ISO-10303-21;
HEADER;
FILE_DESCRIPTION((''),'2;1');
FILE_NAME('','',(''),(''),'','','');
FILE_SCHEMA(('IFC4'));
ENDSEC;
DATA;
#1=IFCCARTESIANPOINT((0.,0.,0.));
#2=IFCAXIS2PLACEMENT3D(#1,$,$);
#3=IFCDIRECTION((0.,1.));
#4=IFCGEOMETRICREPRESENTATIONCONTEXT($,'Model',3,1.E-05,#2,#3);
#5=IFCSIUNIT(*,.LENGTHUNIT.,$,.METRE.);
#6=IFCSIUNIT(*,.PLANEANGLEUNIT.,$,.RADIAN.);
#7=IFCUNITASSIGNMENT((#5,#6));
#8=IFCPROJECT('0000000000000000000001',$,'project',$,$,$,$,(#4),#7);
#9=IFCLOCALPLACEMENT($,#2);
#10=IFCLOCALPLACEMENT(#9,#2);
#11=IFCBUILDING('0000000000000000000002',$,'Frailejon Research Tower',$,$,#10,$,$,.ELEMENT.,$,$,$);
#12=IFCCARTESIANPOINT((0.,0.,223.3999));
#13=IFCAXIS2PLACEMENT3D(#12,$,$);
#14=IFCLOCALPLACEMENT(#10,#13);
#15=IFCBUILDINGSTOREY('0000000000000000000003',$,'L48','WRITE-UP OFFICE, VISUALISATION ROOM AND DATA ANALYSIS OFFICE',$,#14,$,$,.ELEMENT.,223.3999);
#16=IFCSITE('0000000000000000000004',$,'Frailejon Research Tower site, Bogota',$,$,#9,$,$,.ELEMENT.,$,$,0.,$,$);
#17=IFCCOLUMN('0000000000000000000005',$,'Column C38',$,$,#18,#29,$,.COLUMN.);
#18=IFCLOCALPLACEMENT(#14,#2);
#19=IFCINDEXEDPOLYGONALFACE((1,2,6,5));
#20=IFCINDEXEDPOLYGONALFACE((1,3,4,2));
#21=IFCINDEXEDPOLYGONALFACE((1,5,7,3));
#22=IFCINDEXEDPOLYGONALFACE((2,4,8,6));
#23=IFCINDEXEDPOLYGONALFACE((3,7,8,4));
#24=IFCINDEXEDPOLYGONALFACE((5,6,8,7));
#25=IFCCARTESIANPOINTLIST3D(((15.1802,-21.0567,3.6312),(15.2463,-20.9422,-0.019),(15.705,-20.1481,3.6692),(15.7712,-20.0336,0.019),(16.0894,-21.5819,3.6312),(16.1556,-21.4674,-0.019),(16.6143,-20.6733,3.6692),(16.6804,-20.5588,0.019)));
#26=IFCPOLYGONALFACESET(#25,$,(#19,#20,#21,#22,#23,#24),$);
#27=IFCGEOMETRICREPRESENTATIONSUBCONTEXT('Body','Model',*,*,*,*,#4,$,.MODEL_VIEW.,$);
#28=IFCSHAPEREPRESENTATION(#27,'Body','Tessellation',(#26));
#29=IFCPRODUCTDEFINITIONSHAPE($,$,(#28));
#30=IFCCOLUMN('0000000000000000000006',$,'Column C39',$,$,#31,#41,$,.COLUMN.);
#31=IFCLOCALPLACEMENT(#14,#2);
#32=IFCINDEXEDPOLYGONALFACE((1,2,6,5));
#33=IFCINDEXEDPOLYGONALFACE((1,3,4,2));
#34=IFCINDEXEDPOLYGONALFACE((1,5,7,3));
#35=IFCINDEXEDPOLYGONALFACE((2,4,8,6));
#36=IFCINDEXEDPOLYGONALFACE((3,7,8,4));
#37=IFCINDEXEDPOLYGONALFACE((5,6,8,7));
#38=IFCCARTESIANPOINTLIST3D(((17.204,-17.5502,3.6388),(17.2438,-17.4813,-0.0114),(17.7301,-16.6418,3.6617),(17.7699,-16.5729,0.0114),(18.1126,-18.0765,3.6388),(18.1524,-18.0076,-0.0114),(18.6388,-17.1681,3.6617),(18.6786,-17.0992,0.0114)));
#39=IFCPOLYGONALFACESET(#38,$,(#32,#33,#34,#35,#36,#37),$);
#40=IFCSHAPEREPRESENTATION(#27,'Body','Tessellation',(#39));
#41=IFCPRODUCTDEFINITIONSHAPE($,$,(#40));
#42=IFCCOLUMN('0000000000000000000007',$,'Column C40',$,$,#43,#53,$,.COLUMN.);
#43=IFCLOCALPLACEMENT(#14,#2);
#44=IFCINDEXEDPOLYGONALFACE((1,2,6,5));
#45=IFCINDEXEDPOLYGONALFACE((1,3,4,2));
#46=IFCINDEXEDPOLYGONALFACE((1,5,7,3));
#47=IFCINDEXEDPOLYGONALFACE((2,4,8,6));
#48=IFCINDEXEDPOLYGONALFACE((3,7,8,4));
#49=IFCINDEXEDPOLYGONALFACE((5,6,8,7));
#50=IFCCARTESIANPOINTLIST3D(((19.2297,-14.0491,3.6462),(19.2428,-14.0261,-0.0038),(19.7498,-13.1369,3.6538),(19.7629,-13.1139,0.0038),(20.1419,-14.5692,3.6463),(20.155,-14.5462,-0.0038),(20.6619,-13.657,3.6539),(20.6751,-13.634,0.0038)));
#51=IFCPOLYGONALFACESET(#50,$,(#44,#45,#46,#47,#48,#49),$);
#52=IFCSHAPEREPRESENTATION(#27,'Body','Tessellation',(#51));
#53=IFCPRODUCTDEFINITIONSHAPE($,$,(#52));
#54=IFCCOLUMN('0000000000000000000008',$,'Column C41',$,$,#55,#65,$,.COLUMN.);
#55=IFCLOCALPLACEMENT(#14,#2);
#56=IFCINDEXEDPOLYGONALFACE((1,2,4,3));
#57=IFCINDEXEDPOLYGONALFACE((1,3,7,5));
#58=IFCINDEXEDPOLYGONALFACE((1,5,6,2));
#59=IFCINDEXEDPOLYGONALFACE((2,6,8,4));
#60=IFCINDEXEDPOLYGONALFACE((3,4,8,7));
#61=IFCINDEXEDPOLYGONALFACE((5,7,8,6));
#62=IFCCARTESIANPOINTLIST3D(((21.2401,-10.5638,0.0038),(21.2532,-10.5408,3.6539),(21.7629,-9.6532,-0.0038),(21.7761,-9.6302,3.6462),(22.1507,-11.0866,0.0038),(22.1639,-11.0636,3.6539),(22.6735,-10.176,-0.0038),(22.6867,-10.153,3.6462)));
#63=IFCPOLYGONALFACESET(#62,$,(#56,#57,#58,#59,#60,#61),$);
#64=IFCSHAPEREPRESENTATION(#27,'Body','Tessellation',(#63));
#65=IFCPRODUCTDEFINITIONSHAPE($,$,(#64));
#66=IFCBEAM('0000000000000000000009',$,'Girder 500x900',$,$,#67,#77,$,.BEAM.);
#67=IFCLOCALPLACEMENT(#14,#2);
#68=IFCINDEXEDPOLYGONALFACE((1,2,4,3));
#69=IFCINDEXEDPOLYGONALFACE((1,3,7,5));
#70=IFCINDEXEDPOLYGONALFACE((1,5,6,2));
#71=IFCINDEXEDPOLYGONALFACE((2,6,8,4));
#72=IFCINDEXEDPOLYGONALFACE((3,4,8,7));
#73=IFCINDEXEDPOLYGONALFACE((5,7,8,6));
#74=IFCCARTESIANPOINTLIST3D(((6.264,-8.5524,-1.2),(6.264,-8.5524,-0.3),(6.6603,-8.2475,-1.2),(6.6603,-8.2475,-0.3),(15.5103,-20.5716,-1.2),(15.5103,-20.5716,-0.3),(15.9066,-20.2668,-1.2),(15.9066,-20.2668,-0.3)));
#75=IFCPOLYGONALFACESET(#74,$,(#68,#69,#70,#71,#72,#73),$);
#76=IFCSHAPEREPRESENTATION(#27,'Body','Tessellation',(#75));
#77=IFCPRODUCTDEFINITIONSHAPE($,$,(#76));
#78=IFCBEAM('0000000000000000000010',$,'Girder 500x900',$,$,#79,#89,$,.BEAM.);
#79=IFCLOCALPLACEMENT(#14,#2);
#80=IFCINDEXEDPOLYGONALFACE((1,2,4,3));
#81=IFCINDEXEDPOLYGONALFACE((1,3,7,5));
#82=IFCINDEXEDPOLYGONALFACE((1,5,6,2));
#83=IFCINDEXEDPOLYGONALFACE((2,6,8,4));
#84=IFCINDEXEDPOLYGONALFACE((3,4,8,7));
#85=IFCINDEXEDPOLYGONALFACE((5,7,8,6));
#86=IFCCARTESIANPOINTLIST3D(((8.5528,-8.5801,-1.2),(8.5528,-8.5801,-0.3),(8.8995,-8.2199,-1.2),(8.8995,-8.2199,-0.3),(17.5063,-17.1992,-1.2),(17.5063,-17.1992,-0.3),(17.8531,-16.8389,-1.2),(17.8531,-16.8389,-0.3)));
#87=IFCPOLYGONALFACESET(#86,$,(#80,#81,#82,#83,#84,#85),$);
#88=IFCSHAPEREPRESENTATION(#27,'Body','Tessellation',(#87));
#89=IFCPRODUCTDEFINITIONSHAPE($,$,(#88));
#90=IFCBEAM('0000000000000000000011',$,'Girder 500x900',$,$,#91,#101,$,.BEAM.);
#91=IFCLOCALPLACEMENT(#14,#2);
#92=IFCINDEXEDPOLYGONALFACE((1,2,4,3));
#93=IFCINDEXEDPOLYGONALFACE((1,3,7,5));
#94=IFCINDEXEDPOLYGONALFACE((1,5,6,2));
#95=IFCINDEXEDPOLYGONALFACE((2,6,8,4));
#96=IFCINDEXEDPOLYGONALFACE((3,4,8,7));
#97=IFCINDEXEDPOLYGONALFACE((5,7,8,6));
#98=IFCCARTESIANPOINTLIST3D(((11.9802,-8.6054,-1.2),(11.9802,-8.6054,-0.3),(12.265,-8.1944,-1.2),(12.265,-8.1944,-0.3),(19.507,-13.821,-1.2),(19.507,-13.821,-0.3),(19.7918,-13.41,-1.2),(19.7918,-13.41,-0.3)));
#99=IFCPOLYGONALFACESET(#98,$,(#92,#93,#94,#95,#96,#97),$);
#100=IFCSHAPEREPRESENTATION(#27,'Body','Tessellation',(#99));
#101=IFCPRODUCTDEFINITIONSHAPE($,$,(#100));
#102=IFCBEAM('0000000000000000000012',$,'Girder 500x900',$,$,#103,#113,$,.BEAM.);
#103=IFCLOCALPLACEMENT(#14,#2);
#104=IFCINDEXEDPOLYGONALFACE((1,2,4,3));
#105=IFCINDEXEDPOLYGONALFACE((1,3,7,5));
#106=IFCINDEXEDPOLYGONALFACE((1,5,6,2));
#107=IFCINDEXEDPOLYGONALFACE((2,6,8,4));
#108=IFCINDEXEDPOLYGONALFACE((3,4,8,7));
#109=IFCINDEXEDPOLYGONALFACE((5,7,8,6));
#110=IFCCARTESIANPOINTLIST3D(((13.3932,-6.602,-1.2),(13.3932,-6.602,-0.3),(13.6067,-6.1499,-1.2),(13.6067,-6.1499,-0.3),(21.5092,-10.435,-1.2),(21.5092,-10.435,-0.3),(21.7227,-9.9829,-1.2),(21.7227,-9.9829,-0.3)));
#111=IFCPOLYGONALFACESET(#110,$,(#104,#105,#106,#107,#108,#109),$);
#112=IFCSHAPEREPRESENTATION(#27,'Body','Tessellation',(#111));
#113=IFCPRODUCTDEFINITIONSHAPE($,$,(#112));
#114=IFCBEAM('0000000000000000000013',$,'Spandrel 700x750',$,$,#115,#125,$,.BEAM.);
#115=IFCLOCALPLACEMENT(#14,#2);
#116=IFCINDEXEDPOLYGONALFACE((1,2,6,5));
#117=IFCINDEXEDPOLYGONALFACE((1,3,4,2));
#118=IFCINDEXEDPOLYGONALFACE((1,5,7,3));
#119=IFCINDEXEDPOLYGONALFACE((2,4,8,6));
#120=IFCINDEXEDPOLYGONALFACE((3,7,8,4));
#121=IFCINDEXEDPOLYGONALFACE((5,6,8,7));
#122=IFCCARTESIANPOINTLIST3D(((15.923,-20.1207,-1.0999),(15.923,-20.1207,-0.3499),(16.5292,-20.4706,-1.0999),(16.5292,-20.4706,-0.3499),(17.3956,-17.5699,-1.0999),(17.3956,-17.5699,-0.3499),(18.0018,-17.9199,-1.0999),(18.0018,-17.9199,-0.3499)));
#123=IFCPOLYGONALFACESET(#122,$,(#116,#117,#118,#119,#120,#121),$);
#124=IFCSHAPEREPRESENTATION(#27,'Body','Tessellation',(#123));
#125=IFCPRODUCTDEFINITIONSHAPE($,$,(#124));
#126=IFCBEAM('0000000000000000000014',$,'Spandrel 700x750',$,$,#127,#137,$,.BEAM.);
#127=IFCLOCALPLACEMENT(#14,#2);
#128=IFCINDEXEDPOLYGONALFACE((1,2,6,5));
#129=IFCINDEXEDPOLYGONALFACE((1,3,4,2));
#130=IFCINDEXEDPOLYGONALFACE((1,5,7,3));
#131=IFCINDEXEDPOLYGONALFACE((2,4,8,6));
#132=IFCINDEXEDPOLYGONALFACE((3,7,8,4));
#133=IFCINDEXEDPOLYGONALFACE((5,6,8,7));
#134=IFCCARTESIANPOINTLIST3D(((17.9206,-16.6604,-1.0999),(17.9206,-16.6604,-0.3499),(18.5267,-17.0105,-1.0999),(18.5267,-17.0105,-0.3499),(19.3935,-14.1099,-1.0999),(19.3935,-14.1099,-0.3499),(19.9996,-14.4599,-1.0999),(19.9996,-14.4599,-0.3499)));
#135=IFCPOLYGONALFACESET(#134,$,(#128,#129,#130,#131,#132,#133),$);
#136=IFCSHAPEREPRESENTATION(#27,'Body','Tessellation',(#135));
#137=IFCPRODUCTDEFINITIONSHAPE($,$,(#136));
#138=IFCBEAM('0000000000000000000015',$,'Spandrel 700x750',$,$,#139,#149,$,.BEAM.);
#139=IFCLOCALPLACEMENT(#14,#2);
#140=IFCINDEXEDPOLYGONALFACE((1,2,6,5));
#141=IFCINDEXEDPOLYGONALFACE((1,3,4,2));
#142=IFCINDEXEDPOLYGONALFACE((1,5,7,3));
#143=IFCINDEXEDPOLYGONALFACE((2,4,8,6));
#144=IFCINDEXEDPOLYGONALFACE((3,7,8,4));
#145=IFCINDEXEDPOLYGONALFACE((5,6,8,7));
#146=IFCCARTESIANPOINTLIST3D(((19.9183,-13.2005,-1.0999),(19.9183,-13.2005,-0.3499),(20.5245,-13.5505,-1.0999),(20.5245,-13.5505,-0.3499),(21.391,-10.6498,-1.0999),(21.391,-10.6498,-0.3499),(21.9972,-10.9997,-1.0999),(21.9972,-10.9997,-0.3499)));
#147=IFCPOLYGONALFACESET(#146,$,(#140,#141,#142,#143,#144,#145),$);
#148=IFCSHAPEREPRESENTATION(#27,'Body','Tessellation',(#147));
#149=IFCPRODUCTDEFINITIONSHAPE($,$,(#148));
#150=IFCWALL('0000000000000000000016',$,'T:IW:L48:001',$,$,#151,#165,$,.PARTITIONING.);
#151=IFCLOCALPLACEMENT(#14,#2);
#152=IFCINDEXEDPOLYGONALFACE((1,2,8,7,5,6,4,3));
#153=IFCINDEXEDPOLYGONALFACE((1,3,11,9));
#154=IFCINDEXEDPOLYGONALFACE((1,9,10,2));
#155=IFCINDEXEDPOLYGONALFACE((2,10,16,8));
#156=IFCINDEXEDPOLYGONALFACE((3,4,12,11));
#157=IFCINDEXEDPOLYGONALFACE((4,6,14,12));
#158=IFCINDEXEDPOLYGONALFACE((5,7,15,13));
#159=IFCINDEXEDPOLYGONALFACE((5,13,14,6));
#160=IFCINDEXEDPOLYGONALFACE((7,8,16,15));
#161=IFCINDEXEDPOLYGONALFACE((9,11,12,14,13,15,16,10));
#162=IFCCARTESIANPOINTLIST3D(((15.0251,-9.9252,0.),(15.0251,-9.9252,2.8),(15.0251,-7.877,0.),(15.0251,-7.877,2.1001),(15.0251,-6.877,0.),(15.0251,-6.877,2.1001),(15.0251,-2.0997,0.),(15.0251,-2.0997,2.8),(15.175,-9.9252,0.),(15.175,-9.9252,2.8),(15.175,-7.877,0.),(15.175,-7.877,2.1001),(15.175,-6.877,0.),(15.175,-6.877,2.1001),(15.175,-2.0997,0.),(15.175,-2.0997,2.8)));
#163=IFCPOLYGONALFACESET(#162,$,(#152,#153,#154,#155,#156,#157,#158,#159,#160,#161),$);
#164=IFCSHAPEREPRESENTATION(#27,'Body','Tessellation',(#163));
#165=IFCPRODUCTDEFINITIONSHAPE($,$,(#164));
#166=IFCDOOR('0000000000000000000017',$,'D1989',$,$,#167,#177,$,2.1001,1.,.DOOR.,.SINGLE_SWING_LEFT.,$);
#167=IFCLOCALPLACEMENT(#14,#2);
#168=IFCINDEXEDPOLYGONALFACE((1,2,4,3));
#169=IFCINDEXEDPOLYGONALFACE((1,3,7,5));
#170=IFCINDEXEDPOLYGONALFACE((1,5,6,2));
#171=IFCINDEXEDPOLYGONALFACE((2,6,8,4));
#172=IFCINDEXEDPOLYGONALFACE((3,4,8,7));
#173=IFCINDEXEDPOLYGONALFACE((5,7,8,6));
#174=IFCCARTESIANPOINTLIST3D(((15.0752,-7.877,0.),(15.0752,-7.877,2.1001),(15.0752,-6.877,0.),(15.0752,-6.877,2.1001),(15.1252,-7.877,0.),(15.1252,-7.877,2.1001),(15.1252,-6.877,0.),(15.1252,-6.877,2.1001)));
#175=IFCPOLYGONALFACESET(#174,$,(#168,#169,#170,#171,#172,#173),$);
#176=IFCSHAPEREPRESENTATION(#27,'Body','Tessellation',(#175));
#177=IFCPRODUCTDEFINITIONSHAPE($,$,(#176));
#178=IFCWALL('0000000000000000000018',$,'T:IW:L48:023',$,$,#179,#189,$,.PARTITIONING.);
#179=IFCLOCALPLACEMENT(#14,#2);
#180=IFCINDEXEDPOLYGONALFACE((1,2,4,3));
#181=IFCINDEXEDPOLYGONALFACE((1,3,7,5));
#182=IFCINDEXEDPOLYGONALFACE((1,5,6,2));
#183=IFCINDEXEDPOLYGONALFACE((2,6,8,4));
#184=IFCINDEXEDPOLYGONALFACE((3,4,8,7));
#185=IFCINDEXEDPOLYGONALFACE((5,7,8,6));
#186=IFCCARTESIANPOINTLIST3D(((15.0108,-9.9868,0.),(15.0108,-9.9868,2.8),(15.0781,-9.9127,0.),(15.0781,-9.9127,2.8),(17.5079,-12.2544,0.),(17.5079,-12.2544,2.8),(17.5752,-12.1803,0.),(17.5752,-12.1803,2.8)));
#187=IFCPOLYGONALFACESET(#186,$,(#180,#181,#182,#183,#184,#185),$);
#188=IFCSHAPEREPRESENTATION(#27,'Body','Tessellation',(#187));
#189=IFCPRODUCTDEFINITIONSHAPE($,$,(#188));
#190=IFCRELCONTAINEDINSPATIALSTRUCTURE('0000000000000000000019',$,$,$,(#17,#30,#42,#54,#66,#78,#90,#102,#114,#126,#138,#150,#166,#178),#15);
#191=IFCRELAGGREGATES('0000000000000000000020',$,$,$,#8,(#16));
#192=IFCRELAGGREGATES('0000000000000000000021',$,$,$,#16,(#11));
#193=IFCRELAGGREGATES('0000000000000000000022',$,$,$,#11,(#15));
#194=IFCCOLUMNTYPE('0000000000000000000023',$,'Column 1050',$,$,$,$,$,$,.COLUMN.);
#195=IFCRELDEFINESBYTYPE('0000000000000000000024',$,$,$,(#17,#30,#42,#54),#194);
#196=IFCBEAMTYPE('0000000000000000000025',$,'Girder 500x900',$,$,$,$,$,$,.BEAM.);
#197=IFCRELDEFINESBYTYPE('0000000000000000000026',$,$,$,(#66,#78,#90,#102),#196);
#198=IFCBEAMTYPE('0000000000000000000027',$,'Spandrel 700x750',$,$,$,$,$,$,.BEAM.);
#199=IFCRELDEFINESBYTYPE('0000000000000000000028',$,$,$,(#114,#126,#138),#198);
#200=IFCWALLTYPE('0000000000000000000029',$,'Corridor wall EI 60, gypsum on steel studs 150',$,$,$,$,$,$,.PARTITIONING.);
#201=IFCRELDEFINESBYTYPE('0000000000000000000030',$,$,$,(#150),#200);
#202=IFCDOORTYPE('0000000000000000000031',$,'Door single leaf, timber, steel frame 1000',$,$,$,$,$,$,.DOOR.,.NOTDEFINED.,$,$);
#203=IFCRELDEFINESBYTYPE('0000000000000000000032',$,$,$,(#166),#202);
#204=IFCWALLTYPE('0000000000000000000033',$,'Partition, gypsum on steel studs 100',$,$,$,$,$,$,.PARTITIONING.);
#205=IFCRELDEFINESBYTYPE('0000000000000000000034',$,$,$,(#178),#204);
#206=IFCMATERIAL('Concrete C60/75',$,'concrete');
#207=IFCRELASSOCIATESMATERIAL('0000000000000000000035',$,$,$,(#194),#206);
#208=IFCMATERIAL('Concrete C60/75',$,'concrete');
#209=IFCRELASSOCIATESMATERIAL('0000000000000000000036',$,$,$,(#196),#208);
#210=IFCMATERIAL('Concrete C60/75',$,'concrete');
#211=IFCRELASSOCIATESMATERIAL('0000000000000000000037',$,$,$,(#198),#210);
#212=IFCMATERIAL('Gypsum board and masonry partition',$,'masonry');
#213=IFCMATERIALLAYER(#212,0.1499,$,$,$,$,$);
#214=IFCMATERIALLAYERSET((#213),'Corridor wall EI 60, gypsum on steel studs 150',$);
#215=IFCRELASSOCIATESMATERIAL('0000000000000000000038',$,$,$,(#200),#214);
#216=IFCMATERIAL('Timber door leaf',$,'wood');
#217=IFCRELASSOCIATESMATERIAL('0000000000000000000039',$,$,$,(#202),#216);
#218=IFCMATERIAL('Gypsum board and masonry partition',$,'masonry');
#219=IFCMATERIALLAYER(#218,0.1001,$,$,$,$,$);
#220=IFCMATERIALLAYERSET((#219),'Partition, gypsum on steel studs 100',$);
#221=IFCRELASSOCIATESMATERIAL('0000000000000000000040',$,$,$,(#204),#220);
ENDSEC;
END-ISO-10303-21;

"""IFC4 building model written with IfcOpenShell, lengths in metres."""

from ifc_helpers import new_model, si_unit, direction, frame, frame_2d, origin, origin_2d, place, context, subcontext, project, spatial, rectangle, extrude, material, layer, layer_set, material_profile, profile_set, type_object, element, fill, save


model = new_model("IFC4")

# Units and contexts
model_context = context("Model", 3, precision=1e-05, world=origin(), true_north=direction((0.0, 1.0)))
body_context = subcontext(model_context, "Body", "Model", "MODEL_VIEW")
ifc_project = project(units=[si_unit("LENGTHUNIT", "METRE"), si_unit("PLANEANGLEUNIT", "RADIAN")], contexts=[model_context])

# Site, building, storey
site_placement = place(None, origin())
site = spatial("IfcSite", under=ifc_project, at=site_placement, Name="Frailejon Research Tower site, Bogota", CompositionType="ELEMENT", RefElevation=0.0)
building_placement = place(site_placement, origin())
building = spatial("IfcBuilding", under=site, at=building_placement, Name="Frailejon Research Tower", CompositionType="ELEMENT")
storey_placement = place(building_placement, frame((0.0, 0.0, 223.3999)))
storey = spatial("IfcBuildingStorey", under=building, at=storey_placement, Name="L48", Description="WRITE-UP OFFICE, VISUALISATION ROOM AND DATA ANALYSIS OFFICE", CompositionType="ELEMENT", Elevation=223.3999)

# Columns
ifc_material_1 = material(Name="Concrete C60/75", Category="concrete")
ifc_material_profile_1 = material_profile(ifc_material_1, rectangle(XDim=1.05, YDim=1.05, at=origin_2d()), Name="Column 1050")
ifc_profile_set_1 = profile_set([ifc_material_profile_1], Name="Concrete C60/75")
column_type = type_object("IfcColumnType", Name="Column 1050", PredefinedType="COLUMN", material=ifc_profile_set_1)
column_1_placement = place(storey_placement, frame((15.9634, -20.7505, 0.0), z_axis=(-0.018114, -0.031349, 0.999344), x_axis=(0.49984, 0.865361, 0.036206)))
element("IfcColumn", 1, at=column_1_placement, inside=storey, type_object=column_type, Name="Column C38", PredefinedType="COLUMN", context=body_context, shape_type="SweptSolid", body=[
    extrude(rectangle(XDim=1.05, YDim=1.05, at=origin_2d()), origin(), (0.0, 0.0, 1.0), 3.6526),
])
column_2_placement = place(storey_placement, frame((17.9612, -17.2903, 0.0), z_axis=(-0.0109, -0.018857, 0.999763), x_axis=(0.501086, 0.865123, 0.021781)))
element("IfcColumn", 2, at=column_2_placement, inside=storey, type_object=column_type, Name="Column C39", PredefinedType="COLUMN", context=body_context, shape_type="SweptSolid", body=[
    extrude(rectangle(XDim=1.05, YDim=1.05, at=origin_2d()), origin(), (0.0, 0.0, 1.0), 3.6511),
])
for number, where, z_axis, x_axis, name in (
    (3, (19.959, -13.8301, 0.0), (-0.003612, -0.006287, 0.999974), (0.495303, 0.86869, 0.007251), "Column C40"),
    (4, (21.9568, -10.3699, 0.0), (0.003612, 0.006287, 0.999974), (0.49789, 0.86721, -0.007251), "Column C41"),
):
    element("IfcColumn", number, at=place(storey_placement, frame(where, z_axis=z_axis, x_axis=x_axis)), inside=storey, type_object=column_type, Name=name, PredefinedType="COLUMN", context=body_context, shape_type="SweptSolid", body=[
        extrude(rectangle(XDim=1.05, YDim=1.05, at=origin_2d()), origin(), (0.0, 0.0, 1.0), 3.6501),
    ])

# Beams
ifc_material_2 = material(Name="Concrete C60/75", Category="concrete")
ifc_material_profile_2 = material_profile(ifc_material_2, rectangle(XDim=0.5, YDim=0.8999, at=origin_2d()), Name="Girder 500x900")
ifc_profile_set_2 = profile_set([ifc_material_profile_2], Name="Concrete C60/75")
beam_type_1 = type_object("IfcBeamType", Name="Girder 500x900", PredefinedType="BEAM", material=ifc_profile_set_2)
beam_1_placement = place(storey_placement, frame((15.7085, -20.4192, -0.75), z_axis=(-0.609741, 0.792601, 0.0), x_axis=(-0.792601, -0.609741, 0.0)))
element("IfcBeam", 5, at=beam_1_placement, inside=storey, type_object=beam_type_1, Name="Girder 500x900", PredefinedType="BEAM", context=body_context, shape_type="SweptSolid", body=[
    extrude(rectangle(XDim=0.5, YDim=0.8999, at=origin_2d()), origin(), (0.0, 0.0, 1.0), 15.1643),
])
beam_2_placement = place(storey_placement, frame((17.6797, -17.019, -0.75), z_axis=(-0.720435, 0.693522, 0.0), x_axis=(-0.693522, -0.720435, 0.0)))
element("IfcBeam", 6, at=beam_2_placement, inside=storey, type_object=beam_type_1, Name="Girder 500x900", PredefinedType="BEAM", context=body_context, shape_type="SweptSolid", body=[
    extrude(rectangle(XDim=0.5, YDim=0.8999, at=origin_2d()), origin(), (0.0, 0.0, 1.0), 12.428),
])
beam_3_placement = place(storey_placement, frame((19.6494, -13.6155, -0.75), z_axis=(-0.821953, 0.569555, 0.0), x_axis=(-0.569555, -0.821953, 0.0)))
element("IfcBeam", 7, at=beam_3_placement, inside=storey, type_object=beam_type_1, Name="Girder 500x900", PredefinedType="BEAM", context=body_context, shape_type="SweptSolid", body=[
    extrude(rectangle(XDim=0.5, YDim=0.8999, at=origin_2d()), origin(), (0.0, 0.0, 1.0), 9.1572),
])
beam_4_placement = place(storey_placement, frame((21.616, -10.209, -0.75), z_axis=(-0.904229, 0.427049, 0.0), x_axis=(-0.427049, -0.904229, 0.0)))
element("IfcBeam", 8, at=beam_4_placement, inside=storey, type_object=beam_type_1, Name="Girder 500x900", PredefinedType="BEAM", context=body_context, shape_type="SweptSolid", body=[
    extrude(rectangle(XDim=0.5, YDim=0.8999, at=origin_2d()), origin(), (0.0, 0.0, 1.0), 8.9756),
])
ifc_material_3 = material(Name="Concrete C60/75", Category="concrete")
ifc_material_profile_3 = material_profile(ifc_material_3, rectangle(XDim=0.7, YDim=0.75, at=origin_2d()), Name="Spandrel 700x750")
ifc_profile_set_3 = profile_set([ifc_material_profile_3], Name="Concrete C60/75")
beam_type_2 = type_object("IfcBeamType", Name="Spandrel 700x750", PredefinedType="BEAM", material=ifc_profile_set_3)
for number, where, z_axis, x_axis, name in (
    (9, (16.2261, -20.2957, -0.7249), (0.49999, 0.866031, 0.0), (-0.866031, 0.49999, 0.0), "Spandrel 700x750"),
    (10, (18.2236, -16.8354, -0.7249), (0.500088, 0.865974, 0.0), (-0.865974, 0.500088, 0.0), "Spandrel 700x750"),
    (11, (20.2214, -13.3755, -0.7249), (0.49999, 0.866031, 0.0), (-0.866031, 0.49999, 0.0), "Spandrel 700x750"),
):
    element("IfcBeam", number, at=place(storey_placement, frame(where, z_axis=z_axis, x_axis=x_axis)), inside=storey, type_object=beam_type_2, Name=name, PredefinedType="BEAM", context=body_context, shape_type="SweptSolid", body=[
        extrude(rectangle(XDim=0.7, YDim=0.75, at=origin_2d()), origin(), (0.0, 0.0, 1.0), 2.9453),
    ])

# Wall, opening, door
ifc_material_4 = material(Name="Gypsum board and masonry partition", Category="masonry")
ifc_layer_1 = layer(ifc_material_4, 0.1499)
ifc_layer_set_1 = layer_set([ifc_layer_1], Name="Corridor wall EI 60, gypsum on steel studs 150")
wall_type_1 = type_object("IfcWallType", Name="Corridor wall EI 60, gypsum on steel studs 150", PredefinedType="PARTITIONING", material=ifc_layer_set_1)
wall_1_placement = place(storey_placement, frame((15.1001, -9.925, 0.0), z_axis=(0.0, 0.0, 1.0), x_axis=(0.0, 1.0, 0.0)))
wall_1 = element("IfcWall", 12, at=wall_1_placement, inside=storey, type_object=wall_type_1, Name="T:IW:L48:001", PredefinedType="PARTITIONING", context=body_context, shape_type="SweptSolid", body=[
    extrude(rectangle(XDim=7.8254, YDim=0.1499, at=frame_2d((3.9126, 0.0))), origin(), (0.0, 0.0, 1.0), 2.8),
])
opening_placement = place(wall_1_placement, frame((2.0481, 0.0, 0.0)))
opening = element("IfcOpeningElement", 13, at=opening_placement, cuts=wall_1, PredefinedType="OPENING", context=body_context, shape_type="SweptSolid", body=[
    extrude(rectangle(XDim=1.0, YDim=2.1001, at=frame_2d((0.5, 1.05))), frame((0.0, 0.085, 0.0), z_axis=(0.0, -1.0, 0.0), x_axis=(1.0, 0.0, 0.0)), (0.0, 0.0, 1.0), 0.1699),
])
ifc_material_5 = material(Name="Timber door leaf", Category="wood")
door_type = type_object("IfcDoorType", Name="Door single leaf, timber, steel frame 1000", OperationType="NOTDEFINED", PredefinedType="DOOR", material=ifc_material_5)
door_placement = place(opening_placement, origin())
door = element("IfcDoor", 14, at=door_placement, inside=storey, type_object=door_type, Name="D1989", OperationType="SINGLE_SWING_LEFT", OverallHeight=2.1001, OverallWidth=1.0, PredefinedType="DOOR", context=body_context, shape_type="SweptSolid", body=[
    extrude(rectangle(XDim=1.0, YDim=2.1001, at=frame_2d((0.5, 1.05))), frame((0.0, 0.0249, 0.0), z_axis=(0.0, -1.0, 0.0), x_axis=(1.0, 0.0, 0.0)), (0.0, 0.0, 1.0), 0.05),
])
fill(opening, door)

# Wall
ifc_material_6 = material(Name="Gypsum board and masonry partition", Category="masonry")
ifc_layer_2 = layer(ifc_material_6, 0.1001)
ifc_layer_set_2 = layer_set([ifc_layer_2], Name="Partition, gypsum on steel studs 100")
wall_type_2 = type_object("IfcWallType", Name="Partition, gypsum on steel studs 100", PredefinedType="PARTITIONING", material=ifc_layer_set_2)
wall_2_placement = place(storey_placement, frame((15.0444, -9.9497, 0.0), z_axis=(0.0, 0.0, 1.0), x_axis=(0.740307, -0.672269, 0.0)))
element("IfcWall", 15, at=wall_2_placement, inside=storey, type_object=wall_type_2, Name="T:IW:L48:023", PredefinedType="PARTITIONING", context=body_context, shape_type="SweptSolid", body=[
    extrude(rectangle(XDim=3.373, YDim=0.1001, at=frame_2d((1.6865, 0.0))), origin(), (0.0, 0.0, 1.0), 2.8),
])

save(model, "model.ifc")
